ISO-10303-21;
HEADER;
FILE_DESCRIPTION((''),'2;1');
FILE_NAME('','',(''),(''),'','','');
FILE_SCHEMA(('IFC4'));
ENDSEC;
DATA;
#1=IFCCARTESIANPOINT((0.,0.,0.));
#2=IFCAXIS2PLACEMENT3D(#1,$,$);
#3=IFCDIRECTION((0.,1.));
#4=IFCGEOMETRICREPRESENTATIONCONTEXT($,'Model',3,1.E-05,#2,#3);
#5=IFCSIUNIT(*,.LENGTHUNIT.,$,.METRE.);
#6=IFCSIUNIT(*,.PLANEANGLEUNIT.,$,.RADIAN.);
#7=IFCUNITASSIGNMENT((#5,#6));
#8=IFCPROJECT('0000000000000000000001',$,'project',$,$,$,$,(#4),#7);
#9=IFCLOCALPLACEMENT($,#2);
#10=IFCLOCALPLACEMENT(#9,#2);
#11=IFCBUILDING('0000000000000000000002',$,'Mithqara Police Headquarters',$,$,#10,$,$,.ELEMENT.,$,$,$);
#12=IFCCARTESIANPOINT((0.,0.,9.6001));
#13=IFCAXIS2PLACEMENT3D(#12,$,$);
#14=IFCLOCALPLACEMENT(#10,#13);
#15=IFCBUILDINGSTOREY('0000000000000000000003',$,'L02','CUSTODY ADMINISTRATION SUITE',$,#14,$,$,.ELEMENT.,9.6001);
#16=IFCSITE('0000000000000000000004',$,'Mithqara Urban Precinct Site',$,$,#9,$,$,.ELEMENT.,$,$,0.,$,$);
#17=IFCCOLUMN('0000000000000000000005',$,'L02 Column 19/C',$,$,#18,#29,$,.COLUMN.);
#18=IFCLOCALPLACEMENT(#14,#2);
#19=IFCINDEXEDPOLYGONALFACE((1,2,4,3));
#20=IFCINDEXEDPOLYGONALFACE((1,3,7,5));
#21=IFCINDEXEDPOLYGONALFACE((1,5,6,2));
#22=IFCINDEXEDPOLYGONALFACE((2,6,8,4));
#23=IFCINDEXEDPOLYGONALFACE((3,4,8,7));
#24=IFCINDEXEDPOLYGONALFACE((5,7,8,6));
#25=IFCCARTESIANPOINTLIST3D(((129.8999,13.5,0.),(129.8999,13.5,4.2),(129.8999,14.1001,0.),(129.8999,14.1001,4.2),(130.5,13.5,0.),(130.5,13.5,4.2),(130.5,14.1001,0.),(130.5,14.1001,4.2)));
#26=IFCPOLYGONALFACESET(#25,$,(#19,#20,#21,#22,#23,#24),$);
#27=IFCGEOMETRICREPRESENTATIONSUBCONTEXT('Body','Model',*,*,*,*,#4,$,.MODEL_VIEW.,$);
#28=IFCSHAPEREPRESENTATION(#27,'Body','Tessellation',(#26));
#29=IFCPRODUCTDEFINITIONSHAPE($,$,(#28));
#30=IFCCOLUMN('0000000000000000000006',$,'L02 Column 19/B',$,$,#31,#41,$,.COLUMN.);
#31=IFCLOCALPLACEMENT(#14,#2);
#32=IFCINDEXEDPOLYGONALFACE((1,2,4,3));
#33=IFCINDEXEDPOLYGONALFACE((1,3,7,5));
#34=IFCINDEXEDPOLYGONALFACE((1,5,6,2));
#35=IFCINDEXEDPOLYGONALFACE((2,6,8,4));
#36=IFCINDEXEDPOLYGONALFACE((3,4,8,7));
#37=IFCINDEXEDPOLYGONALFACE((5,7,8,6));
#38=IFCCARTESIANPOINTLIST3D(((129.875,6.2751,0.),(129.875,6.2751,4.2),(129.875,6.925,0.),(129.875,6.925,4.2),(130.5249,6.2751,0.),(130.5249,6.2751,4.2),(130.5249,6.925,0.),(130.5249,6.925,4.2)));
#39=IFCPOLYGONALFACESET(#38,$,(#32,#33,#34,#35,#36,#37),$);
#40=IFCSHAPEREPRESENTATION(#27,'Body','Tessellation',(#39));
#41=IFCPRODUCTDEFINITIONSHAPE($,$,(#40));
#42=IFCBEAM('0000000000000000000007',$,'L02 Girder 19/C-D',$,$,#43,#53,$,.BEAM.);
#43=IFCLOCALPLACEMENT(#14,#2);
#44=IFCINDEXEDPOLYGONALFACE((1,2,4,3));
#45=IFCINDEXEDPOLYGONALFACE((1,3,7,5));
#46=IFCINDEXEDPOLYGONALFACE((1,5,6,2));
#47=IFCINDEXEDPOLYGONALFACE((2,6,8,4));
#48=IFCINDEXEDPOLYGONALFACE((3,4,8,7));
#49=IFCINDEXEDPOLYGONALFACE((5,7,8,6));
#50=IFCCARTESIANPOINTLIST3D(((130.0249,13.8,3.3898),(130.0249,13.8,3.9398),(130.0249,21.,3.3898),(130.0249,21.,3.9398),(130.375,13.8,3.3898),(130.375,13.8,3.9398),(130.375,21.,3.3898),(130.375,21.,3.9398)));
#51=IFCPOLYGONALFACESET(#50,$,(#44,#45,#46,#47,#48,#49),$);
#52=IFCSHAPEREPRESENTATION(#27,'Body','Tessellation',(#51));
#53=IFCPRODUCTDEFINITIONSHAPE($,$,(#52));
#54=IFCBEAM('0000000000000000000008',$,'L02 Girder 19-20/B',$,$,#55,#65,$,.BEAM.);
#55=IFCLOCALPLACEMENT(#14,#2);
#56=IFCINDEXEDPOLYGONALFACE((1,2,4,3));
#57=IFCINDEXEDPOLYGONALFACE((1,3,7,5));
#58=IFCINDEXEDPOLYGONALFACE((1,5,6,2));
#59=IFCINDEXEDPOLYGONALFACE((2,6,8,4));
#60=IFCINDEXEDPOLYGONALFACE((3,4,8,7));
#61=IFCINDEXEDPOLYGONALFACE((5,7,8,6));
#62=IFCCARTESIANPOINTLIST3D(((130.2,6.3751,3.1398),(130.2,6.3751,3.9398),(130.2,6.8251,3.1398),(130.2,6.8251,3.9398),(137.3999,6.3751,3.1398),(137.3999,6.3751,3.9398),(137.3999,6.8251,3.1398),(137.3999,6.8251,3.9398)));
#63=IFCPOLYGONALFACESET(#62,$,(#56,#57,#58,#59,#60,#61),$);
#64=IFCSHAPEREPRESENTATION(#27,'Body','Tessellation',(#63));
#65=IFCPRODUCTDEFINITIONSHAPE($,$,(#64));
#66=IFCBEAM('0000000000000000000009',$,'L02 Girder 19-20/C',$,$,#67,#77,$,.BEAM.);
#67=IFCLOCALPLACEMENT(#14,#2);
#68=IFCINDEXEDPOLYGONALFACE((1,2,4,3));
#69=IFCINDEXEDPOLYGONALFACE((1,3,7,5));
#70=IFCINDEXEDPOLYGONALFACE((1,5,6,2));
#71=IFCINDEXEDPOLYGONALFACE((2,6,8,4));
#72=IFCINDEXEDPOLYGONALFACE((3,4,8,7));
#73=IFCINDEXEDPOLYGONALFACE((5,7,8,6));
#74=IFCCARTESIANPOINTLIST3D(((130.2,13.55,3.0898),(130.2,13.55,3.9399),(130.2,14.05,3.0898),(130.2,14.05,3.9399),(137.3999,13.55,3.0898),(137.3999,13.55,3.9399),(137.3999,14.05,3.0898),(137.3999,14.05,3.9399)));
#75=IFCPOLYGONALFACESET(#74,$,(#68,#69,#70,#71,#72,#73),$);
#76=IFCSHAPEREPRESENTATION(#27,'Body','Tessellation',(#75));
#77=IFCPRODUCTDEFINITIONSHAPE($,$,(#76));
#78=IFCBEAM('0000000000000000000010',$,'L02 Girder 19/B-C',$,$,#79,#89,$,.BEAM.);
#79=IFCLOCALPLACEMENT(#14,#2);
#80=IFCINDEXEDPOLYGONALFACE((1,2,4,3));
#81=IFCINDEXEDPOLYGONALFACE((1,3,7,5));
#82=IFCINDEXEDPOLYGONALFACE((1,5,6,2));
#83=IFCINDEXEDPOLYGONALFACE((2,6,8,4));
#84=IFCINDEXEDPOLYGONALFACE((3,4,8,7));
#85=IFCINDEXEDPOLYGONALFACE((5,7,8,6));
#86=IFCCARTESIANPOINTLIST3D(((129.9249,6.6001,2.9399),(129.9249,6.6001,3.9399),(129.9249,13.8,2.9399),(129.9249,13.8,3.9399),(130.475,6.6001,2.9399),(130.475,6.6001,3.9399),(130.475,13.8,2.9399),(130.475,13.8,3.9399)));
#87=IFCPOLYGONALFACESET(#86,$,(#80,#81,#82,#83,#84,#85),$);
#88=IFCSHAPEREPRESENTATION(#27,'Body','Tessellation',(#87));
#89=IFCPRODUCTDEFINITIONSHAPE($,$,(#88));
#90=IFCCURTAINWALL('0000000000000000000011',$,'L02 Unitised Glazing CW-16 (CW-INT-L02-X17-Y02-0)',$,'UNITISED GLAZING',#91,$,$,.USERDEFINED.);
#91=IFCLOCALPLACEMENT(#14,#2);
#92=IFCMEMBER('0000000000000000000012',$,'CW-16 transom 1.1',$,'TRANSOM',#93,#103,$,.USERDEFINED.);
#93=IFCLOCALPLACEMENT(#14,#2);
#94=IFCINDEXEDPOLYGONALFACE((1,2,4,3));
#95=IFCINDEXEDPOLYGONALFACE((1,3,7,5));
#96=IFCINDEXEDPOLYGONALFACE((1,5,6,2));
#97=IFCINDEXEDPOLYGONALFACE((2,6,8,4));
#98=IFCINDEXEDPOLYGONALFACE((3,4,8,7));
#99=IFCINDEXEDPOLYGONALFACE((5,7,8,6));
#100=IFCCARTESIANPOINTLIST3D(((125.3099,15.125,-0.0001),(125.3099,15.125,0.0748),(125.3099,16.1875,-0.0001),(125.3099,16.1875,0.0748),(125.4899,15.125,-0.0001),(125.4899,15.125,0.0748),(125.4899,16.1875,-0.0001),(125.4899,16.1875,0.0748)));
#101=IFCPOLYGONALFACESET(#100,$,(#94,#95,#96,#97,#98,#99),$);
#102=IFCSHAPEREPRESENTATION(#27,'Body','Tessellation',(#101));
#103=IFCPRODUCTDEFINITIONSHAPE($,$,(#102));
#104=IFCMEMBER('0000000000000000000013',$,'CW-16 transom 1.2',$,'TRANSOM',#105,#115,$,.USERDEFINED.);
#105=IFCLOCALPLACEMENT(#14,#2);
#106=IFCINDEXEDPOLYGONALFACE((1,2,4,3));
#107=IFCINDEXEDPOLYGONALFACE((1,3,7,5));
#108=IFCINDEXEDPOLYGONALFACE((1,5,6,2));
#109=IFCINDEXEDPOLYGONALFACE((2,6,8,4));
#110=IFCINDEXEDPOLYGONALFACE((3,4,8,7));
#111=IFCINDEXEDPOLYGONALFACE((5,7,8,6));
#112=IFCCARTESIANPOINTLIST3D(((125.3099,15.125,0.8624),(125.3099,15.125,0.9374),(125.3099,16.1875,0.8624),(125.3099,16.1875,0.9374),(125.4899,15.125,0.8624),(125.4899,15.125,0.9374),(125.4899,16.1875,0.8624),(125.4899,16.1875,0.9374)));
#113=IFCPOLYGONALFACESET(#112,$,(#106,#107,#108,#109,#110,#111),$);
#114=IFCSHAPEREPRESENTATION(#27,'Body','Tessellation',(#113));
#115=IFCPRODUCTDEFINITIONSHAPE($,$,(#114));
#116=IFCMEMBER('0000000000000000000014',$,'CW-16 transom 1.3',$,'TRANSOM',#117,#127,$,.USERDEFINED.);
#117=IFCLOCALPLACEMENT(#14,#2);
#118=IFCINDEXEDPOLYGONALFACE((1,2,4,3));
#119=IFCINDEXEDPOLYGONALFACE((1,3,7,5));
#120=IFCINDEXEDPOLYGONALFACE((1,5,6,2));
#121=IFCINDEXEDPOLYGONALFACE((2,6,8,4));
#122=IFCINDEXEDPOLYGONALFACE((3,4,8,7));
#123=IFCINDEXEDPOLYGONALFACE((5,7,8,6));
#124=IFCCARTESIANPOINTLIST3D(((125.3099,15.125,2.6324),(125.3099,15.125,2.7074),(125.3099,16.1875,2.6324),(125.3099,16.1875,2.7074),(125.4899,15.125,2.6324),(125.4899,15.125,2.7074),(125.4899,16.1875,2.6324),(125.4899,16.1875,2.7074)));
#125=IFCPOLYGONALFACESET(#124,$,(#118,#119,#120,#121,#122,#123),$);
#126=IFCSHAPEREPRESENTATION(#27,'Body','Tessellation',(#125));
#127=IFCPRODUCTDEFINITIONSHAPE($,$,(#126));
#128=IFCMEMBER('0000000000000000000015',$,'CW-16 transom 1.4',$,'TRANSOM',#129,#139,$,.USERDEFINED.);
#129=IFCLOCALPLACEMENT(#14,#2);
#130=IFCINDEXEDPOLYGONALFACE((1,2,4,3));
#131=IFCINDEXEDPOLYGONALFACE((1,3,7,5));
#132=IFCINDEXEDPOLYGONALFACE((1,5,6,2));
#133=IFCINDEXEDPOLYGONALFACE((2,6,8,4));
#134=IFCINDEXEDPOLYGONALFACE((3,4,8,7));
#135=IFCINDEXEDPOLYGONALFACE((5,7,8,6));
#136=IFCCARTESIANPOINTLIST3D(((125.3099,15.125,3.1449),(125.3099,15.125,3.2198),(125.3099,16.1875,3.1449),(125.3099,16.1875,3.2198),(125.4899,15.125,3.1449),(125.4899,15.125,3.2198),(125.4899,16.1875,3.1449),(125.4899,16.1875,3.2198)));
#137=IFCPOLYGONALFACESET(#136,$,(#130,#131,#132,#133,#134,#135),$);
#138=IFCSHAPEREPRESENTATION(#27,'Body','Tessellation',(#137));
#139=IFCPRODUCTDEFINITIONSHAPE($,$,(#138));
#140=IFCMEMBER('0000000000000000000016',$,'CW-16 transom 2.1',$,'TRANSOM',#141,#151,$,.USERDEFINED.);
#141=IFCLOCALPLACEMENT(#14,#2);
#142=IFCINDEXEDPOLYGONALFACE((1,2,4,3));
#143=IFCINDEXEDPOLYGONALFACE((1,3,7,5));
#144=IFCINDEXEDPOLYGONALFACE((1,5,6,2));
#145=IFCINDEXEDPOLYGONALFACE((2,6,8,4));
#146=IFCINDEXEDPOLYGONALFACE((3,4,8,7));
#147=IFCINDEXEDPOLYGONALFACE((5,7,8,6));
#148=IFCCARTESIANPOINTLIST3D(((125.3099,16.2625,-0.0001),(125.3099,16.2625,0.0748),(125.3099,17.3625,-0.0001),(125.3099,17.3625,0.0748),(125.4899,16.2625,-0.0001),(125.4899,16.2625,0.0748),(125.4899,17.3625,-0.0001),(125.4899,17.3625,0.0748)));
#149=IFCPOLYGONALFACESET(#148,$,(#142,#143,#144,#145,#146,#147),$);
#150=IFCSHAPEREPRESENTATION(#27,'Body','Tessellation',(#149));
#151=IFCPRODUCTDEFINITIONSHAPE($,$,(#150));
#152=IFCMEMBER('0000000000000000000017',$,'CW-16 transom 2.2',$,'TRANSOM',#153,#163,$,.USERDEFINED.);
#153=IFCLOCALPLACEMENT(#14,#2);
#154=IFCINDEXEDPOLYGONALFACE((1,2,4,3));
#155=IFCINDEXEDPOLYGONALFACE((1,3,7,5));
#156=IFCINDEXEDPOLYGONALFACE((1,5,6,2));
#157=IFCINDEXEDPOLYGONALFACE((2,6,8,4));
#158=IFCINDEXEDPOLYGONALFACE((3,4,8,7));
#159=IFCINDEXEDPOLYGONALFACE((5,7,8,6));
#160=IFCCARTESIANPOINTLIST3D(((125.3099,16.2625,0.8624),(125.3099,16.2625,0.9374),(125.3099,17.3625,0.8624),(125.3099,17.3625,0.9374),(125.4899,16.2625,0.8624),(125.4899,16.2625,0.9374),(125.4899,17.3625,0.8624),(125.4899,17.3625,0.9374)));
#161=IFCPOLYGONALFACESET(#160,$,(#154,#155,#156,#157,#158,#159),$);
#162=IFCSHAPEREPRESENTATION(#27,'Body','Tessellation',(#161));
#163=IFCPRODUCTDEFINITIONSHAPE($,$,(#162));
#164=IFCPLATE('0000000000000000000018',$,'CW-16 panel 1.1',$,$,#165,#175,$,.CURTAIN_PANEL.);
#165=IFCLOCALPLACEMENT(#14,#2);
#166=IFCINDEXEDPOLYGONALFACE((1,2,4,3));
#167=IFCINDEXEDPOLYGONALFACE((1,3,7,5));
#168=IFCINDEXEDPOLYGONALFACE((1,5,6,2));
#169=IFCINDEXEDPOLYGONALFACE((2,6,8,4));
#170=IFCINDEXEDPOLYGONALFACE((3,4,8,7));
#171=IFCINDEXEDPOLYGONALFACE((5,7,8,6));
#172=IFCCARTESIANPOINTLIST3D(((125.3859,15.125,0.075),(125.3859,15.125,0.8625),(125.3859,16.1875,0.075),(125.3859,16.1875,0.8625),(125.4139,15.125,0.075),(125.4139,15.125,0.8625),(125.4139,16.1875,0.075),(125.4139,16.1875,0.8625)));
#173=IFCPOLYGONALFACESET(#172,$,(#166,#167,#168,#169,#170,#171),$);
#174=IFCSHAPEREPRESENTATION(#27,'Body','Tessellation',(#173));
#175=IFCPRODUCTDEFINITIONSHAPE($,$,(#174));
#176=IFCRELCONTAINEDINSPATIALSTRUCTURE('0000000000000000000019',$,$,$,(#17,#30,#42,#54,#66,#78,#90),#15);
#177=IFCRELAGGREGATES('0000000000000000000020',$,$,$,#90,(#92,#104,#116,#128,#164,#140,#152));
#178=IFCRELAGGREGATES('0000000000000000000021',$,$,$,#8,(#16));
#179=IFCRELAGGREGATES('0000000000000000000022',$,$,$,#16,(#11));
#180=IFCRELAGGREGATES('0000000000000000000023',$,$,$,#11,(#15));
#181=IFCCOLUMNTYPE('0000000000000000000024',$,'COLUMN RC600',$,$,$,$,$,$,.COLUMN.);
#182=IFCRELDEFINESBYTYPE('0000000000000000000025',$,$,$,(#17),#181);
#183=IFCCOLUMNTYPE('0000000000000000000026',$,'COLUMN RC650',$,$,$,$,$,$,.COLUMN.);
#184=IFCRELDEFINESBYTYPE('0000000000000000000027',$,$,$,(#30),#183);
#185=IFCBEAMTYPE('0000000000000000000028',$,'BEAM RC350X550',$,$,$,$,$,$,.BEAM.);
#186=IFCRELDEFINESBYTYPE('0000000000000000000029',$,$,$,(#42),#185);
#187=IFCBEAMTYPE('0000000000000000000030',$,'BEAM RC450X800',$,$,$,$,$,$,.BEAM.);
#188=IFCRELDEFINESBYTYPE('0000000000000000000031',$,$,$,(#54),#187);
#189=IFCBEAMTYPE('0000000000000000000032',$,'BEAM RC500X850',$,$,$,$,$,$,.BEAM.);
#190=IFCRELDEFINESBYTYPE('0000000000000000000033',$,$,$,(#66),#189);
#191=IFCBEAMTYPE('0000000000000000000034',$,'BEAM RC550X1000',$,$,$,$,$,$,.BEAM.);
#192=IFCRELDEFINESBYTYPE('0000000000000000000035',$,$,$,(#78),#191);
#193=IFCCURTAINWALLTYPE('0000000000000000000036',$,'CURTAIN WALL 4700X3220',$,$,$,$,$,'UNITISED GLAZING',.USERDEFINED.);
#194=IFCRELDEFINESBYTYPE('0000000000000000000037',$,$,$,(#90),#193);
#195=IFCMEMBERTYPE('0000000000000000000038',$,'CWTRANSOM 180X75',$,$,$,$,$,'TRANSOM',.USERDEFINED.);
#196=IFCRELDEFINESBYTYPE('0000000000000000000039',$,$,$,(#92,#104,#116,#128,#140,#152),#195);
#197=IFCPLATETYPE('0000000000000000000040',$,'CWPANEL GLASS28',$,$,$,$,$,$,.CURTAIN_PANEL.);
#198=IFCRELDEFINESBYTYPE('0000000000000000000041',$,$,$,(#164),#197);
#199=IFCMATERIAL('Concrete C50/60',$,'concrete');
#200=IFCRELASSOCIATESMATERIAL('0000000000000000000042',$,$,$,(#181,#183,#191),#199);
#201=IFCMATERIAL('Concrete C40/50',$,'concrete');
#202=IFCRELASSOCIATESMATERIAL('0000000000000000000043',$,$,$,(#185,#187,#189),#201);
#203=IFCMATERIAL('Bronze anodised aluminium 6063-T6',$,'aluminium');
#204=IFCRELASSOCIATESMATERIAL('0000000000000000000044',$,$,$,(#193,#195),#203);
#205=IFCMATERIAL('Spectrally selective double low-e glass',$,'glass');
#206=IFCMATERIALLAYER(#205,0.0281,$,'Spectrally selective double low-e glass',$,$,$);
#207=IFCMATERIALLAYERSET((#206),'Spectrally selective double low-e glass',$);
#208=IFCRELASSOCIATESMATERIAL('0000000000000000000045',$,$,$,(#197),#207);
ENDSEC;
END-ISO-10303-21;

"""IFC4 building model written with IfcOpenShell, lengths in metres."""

from ifc_helpers import new_model, si_unit, direction, frame, origin, origin_2d, place, context, subcontext, project, spatial, rectangle, extrude, material, layer, layer_set, material_profile, profile_set, type_object, element, aggregate, save


model = new_model("IFC4")

# Units and contexts
model_context = context("Model", 3, precision=1e-05, world=origin(), true_north=direction((0.0, 1.0)))
body_context = subcontext(model_context, "Body", "Model", "MODEL_VIEW")
ifc_project = project(units=[si_unit("LENGTHUNIT", "METRE"), si_unit("PLANEANGLEUNIT", "RADIAN")], contexts=[model_context])

# Site, building, storey
site_placement = place(None, origin())
site = spatial("IfcSite", under=ifc_project, at=site_placement, Name="Mithqara Urban Precinct Site", CompositionType="ELEMENT", RefElevation=0.0)
building_placement = place(site_placement, origin())
building = spatial("IfcBuilding", under=site, at=building_placement, Name="Mithqara Police Headquarters", CompositionType="ELEMENT")
storey_placement = place(building_placement, frame((0.0, 0.0, 9.6001)))
storey = spatial("IfcBuildingStorey", under=building, at=storey_placement, Name="L02", Description="CUSTODY ADMINISTRATION SUITE", CompositionType="ELEMENT", Elevation=9.6001)

# Columns
ifc_material_1 = material(Name="Concrete C50/60", Category="concrete")
ifc_material_profile_1 = material_profile(ifc_material_1, rectangle(XDim=0.6001, YDim=0.6001, at=origin_2d()), Name="RC 600x600")
ifc_profile_set_1 = profile_set([ifc_material_profile_1], Name="Concrete C50/60")
column_type_1 = type_object("IfcColumnType", Name="COLUMN RC600", PredefinedType="COLUMN", material=ifc_profile_set_1)
column_1_placement = place(storey_placement, frame((130.2, 13.8, 0.0), z_axis=(0.0, 0.0, 1.0), x_axis=(1.0, 0.0, 0.0)))
element("IfcColumn", 1, at=column_1_placement, inside=storey, type_object=column_type_1, Name="L02 Column 19/C", PredefinedType="COLUMN", context=body_context, shape_type="SweptSolid", body=[
    extrude(rectangle(XDim=0.6001, YDim=0.6001, at=origin_2d()), origin(), (0.0, 0.0, 1.0), 4.2),
])
ifc_material_profile_2 = material_profile(ifc_material_1, rectangle(XDim=0.6499, YDim=0.6499, at=origin_2d()), Name="RC 650x650")
ifc_profile_set_2 = profile_set([ifc_material_profile_2], Name="Concrete C50/60")
column_type_2 = type_object("IfcColumnType", Name="COLUMN RC650", PredefinedType="COLUMN", material=ifc_profile_set_2)
column_2_placement = place(storey_placement, frame((130.2, 6.6001, 0.0), z_axis=(0.0, 0.0, 1.0), x_axis=(1.0, 0.0, 0.0)))
element("IfcColumn", 2, at=column_2_placement, inside=storey, type_object=column_type_2, Name="L02 Column 19/B", PredefinedType="COLUMN", context=body_context, shape_type="SweptSolid", body=[
    extrude(rectangle(XDim=0.6499, YDim=0.6499, at=origin_2d()), origin(), (0.0, 0.0, 1.0), 4.2),
])

# Beams
ifc_material_2 = material(Name="Concrete C40/50", Category="concrete")
ifc_material_profile_3 = material_profile(ifc_material_2, rectangle(XDim=0.3501, YDim=0.55, at=origin_2d()), Name="RC 350x550")
ifc_profile_set_3 = profile_set([ifc_material_profile_3], Name="Concrete C40/50")
beam_type_1 = type_object("IfcBeamType", Name="BEAM RC350X550", PredefinedType="BEAM", material=ifc_profile_set_3)
beam_1_placement = place(storey_placement, frame((130.2, 13.8, 3.6648), z_axis=(0.0, 1.0, 0.0), x_axis=(-1.0, 0.0, 0.0)))
element("IfcBeam", 3, at=beam_1_placement, inside=storey, type_object=beam_type_1, Name="L02 Girder 19/C-D", PredefinedType="BEAM", context=body_context, shape_type="SweptSolid", body=[
    extrude(rectangle(XDim=0.3501, YDim=0.55, at=origin_2d()), origin(), (0.0, 0.0, 1.0), 7.2),
])
ifc_material_profile_4 = material_profile(ifc_material_2, rectangle(XDim=0.45, YDim=0.8, at=origin_2d()), Name="RC 450x800")
ifc_profile_set_4 = profile_set([ifc_material_profile_4], Name="Concrete C40/50")
beam_type_2 = type_object("IfcBeamType", Name="BEAM RC450X800", PredefinedType="BEAM", material=ifc_profile_set_4)
beam_2_placement = place(storey_placement, frame((130.2, 6.6001, 3.5398), z_axis=(1.0, 0.0, 0.0), x_axis=(0.0, 1.0, 0.0)))
element("IfcBeam", 4, at=beam_2_placement, inside=storey, type_object=beam_type_2, Name="L02 Girder 19-20/B", PredefinedType="BEAM", context=body_context, shape_type="SweptSolid", body=[
    extrude(rectangle(XDim=0.45, YDim=0.8, at=origin_2d()), origin(), (0.0, 0.0, 1.0), 7.2),
])
ifc_material_profile_5 = material_profile(ifc_material_2, rectangle(XDim=0.5, YDim=0.8501, at=origin_2d()), Name="RC 500x850")
ifc_profile_set_5 = profile_set([ifc_material_profile_5], Name="Concrete C40/50")
beam_type_3 = type_object("IfcBeamType", Name="BEAM RC500X850", PredefinedType="BEAM", material=ifc_profile_set_5)
beam_3_placement = place(storey_placement, frame((130.2, 13.8, 3.5149), z_axis=(1.0, 0.0, 0.0), x_axis=(0.0, 1.0, 0.0)))
element("IfcBeam", 5, at=beam_3_placement, inside=storey, type_object=beam_type_3, Name="L02 Girder 19-20/C", PredefinedType="BEAM", context=body_context, shape_type="SweptSolid", body=[
    extrude(rectangle(XDim=0.5, YDim=0.8501, at=origin_2d()), origin(), (0.0, 0.0, 1.0), 7.2),
])
ifc_material_profile_6 = material_profile(ifc_material_1, rectangle(XDim=0.55, YDim=1.0, at=origin_2d()), Name="RC 550x1000")
ifc_profile_set_6 = profile_set([ifc_material_profile_6], Name="Concrete C50/60")
beam_type_4 = type_object("IfcBeamType", Name="BEAM RC550X1000", PredefinedType="BEAM", material=ifc_profile_set_6)
beam_4_placement = place(storey_placement, frame((130.2, 6.6001, 3.4399), z_axis=(0.0, 1.0, 0.0), x_axis=(-1.0, 0.0, 0.0)))
element("IfcBeam", 6, at=beam_4_placement, inside=storey, type_object=beam_type_4, Name="L02 Girder 19/B-C", PredefinedType="BEAM", context=body_context, shape_type="SweptSolid", body=[
    extrude(rectangle(XDim=0.55, YDim=1.0, at=origin_2d()), origin(), (0.0, 0.0, 1.0), 7.2),
])

# Curtain wall, members, plate
ifc_material_3 = material(Name="Bronze anodised aluminium 6063-T6", Category="aluminium")
curtain_wall_type = type_object("IfcCurtainWallType", Name="CURTAIN WALL 4700X3220", ElementType="UNITISED GLAZING", PredefinedType="USERDEFINED", material=ifc_material_3)
curtain_wall_placement = place(storey_placement, origin())
curtain_wall = element("IfcCurtainWall", 7, at=curtain_wall_placement, inside=storey, type_object=curtain_wall_type, Name="L02 Unitised Glazing CW-16 (CW-INT-L02-X17-Y02-0)", ObjectType="UNITISED GLAZING", PredefinedType="USERDEFINED")
ifc_material_profile_7 = material_profile(ifc_material_3, rectangle(XDim=0.1799, YDim=0.075, at=origin_2d()), Name="CWT 180x75")
ifc_profile_set_7 = profile_set([ifc_material_profile_7], Name="Bronze anodised aluminium 6063-T6")
member_type = type_object("IfcMemberType", Name="CWTRANSOM 180X75", ElementType="TRANSOM", PredefinedType="USERDEFINED", material=ifc_profile_set_7)
member_1_placement = place(storey_placement, frame((125.3999, 15.125, 0.0374), z_axis=(0.0, 1.0, 0.0), x_axis=(-1.0, 0.0, 0.0)))
member_1 = element("IfcMember", 8, at=member_1_placement, type_object=member_type, Name="CW-16 transom 1.1", ObjectType="TRANSOM", PredefinedType="USERDEFINED", context=body_context, shape_type="SweptSolid", body=[
    extrude(rectangle(XDim=0.1799, YDim=0.075, at=origin_2d()), origin(), (0.0, 0.0, 1.0), 1.0625),
])
member_2_placement = place(storey_placement, frame((125.3999, 15.125, 0.8999), z_axis=(0.0, 1.0, 0.0), x_axis=(-1.0, 0.0, 0.0)))
member_2 = element("IfcMember", 9, at=member_2_placement, type_object=member_type, Name="CW-16 transom 1.2", ObjectType="TRANSOM", PredefinedType="USERDEFINED", context=body_context, shape_type="SweptSolid", body=[
    extrude(rectangle(XDim=0.1799, YDim=0.075, at=origin_2d()), origin(), (0.0, 0.0, 1.0), 1.0625),
])
member_3_placement = place(storey_placement, frame((125.3999, 15.125, 2.6699), z_axis=(0.0, 1.0, 0.0), x_axis=(-1.0, 0.0, 0.0)))
member_3 = element("IfcMember", 10, at=member_3_placement, type_object=member_type, Name="CW-16 transom 1.3", ObjectType="TRANSOM", PredefinedType="USERDEFINED", context=body_context, shape_type="SweptSolid", body=[
    extrude(rectangle(XDim=0.1799, YDim=0.075, at=origin_2d()), origin(), (0.0, 0.0, 1.0), 1.0625),
])
member_4_placement = place(storey_placement, frame((125.3999, 15.125, 3.1824), z_axis=(0.0, 1.0, 0.0), x_axis=(-1.0, 0.0, 0.0)))
member_4 = element("IfcMember", 11, at=member_4_placement, type_object=member_type, Name="CW-16 transom 1.4", ObjectType="TRANSOM", PredefinedType="USERDEFINED", context=body_context, shape_type="SweptSolid", body=[
    extrude(rectangle(XDim=0.1799, YDim=0.075, at=origin_2d()), origin(), (0.0, 0.0, 1.0), 1.0625),
])
member_5_placement = place(storey_placement, frame((125.3999, 16.2625, 0.0374), z_axis=(0.0, 1.0, 0.0), x_axis=(-1.0, 0.0, 0.0)))
member_5 = element("IfcMember", 12, at=member_5_placement, type_object=member_type, Name="CW-16 transom 2.1", ObjectType="TRANSOM", PredefinedType="USERDEFINED", context=body_context, shape_type="SweptSolid", body=[
    extrude(rectangle(XDim=0.1799, YDim=0.075, at=origin_2d()), origin(), (0.0, 0.0, 1.0), 1.1001),
])
member_6_placement = place(storey_placement, frame((125.3999, 16.2625, 0.8999), z_axis=(0.0, 1.0, 0.0), x_axis=(-1.0, 0.0, 0.0)))
member_6 = element("IfcMember", 13, at=member_6_placement, type_object=member_type, Name="CW-16 transom 2.2", ObjectType="TRANSOM", PredefinedType="USERDEFINED", context=body_context, shape_type="SweptSolid", body=[
    extrude(rectangle(XDim=0.1799, YDim=0.075, at=origin_2d()), origin(), (0.0, 0.0, 1.0), 1.1001),
])
ifc_material_4 = material(Name="Spectrally selective double low-e glass", Category="glass")
ifc_layer_1 = layer(ifc_material_4, 0.0281, Name="Spectrally selective double low-e glass")
ifc_layer_set_1 = layer_set([ifc_layer_1], Name="Spectrally selective double low-e glass")
plate_type = type_object("IfcPlateType", Name="CWPANEL GLASS28", PredefinedType="CURTAIN_PANEL", material=ifc_layer_set_1)
plate_1_placement = place(storey_placement, frame((125.3999, 15.6562, 0.075), z_axis=(0.0, 0.0, 1.0), x_axis=(0.0, 1.0, 0.0)))
plate_1 = element("IfcPlate", 14, at=plate_1_placement, type_object=plate_type, Name="CW-16 panel 1.1", PredefinedType="CURTAIN_PANEL", context=body_context, shape_type="SweptSolid", body=[
    extrude(rectangle(XDim=1.0625, YDim=0.0281, at=origin_2d()), origin(), (0.0, 0.0, 1.0), 0.7876),
])
aggregate(curtain_wall, [member_1, member_2, member_3, member_4, plate_1, member_5, member_6])

save(model, "model.ifc")
